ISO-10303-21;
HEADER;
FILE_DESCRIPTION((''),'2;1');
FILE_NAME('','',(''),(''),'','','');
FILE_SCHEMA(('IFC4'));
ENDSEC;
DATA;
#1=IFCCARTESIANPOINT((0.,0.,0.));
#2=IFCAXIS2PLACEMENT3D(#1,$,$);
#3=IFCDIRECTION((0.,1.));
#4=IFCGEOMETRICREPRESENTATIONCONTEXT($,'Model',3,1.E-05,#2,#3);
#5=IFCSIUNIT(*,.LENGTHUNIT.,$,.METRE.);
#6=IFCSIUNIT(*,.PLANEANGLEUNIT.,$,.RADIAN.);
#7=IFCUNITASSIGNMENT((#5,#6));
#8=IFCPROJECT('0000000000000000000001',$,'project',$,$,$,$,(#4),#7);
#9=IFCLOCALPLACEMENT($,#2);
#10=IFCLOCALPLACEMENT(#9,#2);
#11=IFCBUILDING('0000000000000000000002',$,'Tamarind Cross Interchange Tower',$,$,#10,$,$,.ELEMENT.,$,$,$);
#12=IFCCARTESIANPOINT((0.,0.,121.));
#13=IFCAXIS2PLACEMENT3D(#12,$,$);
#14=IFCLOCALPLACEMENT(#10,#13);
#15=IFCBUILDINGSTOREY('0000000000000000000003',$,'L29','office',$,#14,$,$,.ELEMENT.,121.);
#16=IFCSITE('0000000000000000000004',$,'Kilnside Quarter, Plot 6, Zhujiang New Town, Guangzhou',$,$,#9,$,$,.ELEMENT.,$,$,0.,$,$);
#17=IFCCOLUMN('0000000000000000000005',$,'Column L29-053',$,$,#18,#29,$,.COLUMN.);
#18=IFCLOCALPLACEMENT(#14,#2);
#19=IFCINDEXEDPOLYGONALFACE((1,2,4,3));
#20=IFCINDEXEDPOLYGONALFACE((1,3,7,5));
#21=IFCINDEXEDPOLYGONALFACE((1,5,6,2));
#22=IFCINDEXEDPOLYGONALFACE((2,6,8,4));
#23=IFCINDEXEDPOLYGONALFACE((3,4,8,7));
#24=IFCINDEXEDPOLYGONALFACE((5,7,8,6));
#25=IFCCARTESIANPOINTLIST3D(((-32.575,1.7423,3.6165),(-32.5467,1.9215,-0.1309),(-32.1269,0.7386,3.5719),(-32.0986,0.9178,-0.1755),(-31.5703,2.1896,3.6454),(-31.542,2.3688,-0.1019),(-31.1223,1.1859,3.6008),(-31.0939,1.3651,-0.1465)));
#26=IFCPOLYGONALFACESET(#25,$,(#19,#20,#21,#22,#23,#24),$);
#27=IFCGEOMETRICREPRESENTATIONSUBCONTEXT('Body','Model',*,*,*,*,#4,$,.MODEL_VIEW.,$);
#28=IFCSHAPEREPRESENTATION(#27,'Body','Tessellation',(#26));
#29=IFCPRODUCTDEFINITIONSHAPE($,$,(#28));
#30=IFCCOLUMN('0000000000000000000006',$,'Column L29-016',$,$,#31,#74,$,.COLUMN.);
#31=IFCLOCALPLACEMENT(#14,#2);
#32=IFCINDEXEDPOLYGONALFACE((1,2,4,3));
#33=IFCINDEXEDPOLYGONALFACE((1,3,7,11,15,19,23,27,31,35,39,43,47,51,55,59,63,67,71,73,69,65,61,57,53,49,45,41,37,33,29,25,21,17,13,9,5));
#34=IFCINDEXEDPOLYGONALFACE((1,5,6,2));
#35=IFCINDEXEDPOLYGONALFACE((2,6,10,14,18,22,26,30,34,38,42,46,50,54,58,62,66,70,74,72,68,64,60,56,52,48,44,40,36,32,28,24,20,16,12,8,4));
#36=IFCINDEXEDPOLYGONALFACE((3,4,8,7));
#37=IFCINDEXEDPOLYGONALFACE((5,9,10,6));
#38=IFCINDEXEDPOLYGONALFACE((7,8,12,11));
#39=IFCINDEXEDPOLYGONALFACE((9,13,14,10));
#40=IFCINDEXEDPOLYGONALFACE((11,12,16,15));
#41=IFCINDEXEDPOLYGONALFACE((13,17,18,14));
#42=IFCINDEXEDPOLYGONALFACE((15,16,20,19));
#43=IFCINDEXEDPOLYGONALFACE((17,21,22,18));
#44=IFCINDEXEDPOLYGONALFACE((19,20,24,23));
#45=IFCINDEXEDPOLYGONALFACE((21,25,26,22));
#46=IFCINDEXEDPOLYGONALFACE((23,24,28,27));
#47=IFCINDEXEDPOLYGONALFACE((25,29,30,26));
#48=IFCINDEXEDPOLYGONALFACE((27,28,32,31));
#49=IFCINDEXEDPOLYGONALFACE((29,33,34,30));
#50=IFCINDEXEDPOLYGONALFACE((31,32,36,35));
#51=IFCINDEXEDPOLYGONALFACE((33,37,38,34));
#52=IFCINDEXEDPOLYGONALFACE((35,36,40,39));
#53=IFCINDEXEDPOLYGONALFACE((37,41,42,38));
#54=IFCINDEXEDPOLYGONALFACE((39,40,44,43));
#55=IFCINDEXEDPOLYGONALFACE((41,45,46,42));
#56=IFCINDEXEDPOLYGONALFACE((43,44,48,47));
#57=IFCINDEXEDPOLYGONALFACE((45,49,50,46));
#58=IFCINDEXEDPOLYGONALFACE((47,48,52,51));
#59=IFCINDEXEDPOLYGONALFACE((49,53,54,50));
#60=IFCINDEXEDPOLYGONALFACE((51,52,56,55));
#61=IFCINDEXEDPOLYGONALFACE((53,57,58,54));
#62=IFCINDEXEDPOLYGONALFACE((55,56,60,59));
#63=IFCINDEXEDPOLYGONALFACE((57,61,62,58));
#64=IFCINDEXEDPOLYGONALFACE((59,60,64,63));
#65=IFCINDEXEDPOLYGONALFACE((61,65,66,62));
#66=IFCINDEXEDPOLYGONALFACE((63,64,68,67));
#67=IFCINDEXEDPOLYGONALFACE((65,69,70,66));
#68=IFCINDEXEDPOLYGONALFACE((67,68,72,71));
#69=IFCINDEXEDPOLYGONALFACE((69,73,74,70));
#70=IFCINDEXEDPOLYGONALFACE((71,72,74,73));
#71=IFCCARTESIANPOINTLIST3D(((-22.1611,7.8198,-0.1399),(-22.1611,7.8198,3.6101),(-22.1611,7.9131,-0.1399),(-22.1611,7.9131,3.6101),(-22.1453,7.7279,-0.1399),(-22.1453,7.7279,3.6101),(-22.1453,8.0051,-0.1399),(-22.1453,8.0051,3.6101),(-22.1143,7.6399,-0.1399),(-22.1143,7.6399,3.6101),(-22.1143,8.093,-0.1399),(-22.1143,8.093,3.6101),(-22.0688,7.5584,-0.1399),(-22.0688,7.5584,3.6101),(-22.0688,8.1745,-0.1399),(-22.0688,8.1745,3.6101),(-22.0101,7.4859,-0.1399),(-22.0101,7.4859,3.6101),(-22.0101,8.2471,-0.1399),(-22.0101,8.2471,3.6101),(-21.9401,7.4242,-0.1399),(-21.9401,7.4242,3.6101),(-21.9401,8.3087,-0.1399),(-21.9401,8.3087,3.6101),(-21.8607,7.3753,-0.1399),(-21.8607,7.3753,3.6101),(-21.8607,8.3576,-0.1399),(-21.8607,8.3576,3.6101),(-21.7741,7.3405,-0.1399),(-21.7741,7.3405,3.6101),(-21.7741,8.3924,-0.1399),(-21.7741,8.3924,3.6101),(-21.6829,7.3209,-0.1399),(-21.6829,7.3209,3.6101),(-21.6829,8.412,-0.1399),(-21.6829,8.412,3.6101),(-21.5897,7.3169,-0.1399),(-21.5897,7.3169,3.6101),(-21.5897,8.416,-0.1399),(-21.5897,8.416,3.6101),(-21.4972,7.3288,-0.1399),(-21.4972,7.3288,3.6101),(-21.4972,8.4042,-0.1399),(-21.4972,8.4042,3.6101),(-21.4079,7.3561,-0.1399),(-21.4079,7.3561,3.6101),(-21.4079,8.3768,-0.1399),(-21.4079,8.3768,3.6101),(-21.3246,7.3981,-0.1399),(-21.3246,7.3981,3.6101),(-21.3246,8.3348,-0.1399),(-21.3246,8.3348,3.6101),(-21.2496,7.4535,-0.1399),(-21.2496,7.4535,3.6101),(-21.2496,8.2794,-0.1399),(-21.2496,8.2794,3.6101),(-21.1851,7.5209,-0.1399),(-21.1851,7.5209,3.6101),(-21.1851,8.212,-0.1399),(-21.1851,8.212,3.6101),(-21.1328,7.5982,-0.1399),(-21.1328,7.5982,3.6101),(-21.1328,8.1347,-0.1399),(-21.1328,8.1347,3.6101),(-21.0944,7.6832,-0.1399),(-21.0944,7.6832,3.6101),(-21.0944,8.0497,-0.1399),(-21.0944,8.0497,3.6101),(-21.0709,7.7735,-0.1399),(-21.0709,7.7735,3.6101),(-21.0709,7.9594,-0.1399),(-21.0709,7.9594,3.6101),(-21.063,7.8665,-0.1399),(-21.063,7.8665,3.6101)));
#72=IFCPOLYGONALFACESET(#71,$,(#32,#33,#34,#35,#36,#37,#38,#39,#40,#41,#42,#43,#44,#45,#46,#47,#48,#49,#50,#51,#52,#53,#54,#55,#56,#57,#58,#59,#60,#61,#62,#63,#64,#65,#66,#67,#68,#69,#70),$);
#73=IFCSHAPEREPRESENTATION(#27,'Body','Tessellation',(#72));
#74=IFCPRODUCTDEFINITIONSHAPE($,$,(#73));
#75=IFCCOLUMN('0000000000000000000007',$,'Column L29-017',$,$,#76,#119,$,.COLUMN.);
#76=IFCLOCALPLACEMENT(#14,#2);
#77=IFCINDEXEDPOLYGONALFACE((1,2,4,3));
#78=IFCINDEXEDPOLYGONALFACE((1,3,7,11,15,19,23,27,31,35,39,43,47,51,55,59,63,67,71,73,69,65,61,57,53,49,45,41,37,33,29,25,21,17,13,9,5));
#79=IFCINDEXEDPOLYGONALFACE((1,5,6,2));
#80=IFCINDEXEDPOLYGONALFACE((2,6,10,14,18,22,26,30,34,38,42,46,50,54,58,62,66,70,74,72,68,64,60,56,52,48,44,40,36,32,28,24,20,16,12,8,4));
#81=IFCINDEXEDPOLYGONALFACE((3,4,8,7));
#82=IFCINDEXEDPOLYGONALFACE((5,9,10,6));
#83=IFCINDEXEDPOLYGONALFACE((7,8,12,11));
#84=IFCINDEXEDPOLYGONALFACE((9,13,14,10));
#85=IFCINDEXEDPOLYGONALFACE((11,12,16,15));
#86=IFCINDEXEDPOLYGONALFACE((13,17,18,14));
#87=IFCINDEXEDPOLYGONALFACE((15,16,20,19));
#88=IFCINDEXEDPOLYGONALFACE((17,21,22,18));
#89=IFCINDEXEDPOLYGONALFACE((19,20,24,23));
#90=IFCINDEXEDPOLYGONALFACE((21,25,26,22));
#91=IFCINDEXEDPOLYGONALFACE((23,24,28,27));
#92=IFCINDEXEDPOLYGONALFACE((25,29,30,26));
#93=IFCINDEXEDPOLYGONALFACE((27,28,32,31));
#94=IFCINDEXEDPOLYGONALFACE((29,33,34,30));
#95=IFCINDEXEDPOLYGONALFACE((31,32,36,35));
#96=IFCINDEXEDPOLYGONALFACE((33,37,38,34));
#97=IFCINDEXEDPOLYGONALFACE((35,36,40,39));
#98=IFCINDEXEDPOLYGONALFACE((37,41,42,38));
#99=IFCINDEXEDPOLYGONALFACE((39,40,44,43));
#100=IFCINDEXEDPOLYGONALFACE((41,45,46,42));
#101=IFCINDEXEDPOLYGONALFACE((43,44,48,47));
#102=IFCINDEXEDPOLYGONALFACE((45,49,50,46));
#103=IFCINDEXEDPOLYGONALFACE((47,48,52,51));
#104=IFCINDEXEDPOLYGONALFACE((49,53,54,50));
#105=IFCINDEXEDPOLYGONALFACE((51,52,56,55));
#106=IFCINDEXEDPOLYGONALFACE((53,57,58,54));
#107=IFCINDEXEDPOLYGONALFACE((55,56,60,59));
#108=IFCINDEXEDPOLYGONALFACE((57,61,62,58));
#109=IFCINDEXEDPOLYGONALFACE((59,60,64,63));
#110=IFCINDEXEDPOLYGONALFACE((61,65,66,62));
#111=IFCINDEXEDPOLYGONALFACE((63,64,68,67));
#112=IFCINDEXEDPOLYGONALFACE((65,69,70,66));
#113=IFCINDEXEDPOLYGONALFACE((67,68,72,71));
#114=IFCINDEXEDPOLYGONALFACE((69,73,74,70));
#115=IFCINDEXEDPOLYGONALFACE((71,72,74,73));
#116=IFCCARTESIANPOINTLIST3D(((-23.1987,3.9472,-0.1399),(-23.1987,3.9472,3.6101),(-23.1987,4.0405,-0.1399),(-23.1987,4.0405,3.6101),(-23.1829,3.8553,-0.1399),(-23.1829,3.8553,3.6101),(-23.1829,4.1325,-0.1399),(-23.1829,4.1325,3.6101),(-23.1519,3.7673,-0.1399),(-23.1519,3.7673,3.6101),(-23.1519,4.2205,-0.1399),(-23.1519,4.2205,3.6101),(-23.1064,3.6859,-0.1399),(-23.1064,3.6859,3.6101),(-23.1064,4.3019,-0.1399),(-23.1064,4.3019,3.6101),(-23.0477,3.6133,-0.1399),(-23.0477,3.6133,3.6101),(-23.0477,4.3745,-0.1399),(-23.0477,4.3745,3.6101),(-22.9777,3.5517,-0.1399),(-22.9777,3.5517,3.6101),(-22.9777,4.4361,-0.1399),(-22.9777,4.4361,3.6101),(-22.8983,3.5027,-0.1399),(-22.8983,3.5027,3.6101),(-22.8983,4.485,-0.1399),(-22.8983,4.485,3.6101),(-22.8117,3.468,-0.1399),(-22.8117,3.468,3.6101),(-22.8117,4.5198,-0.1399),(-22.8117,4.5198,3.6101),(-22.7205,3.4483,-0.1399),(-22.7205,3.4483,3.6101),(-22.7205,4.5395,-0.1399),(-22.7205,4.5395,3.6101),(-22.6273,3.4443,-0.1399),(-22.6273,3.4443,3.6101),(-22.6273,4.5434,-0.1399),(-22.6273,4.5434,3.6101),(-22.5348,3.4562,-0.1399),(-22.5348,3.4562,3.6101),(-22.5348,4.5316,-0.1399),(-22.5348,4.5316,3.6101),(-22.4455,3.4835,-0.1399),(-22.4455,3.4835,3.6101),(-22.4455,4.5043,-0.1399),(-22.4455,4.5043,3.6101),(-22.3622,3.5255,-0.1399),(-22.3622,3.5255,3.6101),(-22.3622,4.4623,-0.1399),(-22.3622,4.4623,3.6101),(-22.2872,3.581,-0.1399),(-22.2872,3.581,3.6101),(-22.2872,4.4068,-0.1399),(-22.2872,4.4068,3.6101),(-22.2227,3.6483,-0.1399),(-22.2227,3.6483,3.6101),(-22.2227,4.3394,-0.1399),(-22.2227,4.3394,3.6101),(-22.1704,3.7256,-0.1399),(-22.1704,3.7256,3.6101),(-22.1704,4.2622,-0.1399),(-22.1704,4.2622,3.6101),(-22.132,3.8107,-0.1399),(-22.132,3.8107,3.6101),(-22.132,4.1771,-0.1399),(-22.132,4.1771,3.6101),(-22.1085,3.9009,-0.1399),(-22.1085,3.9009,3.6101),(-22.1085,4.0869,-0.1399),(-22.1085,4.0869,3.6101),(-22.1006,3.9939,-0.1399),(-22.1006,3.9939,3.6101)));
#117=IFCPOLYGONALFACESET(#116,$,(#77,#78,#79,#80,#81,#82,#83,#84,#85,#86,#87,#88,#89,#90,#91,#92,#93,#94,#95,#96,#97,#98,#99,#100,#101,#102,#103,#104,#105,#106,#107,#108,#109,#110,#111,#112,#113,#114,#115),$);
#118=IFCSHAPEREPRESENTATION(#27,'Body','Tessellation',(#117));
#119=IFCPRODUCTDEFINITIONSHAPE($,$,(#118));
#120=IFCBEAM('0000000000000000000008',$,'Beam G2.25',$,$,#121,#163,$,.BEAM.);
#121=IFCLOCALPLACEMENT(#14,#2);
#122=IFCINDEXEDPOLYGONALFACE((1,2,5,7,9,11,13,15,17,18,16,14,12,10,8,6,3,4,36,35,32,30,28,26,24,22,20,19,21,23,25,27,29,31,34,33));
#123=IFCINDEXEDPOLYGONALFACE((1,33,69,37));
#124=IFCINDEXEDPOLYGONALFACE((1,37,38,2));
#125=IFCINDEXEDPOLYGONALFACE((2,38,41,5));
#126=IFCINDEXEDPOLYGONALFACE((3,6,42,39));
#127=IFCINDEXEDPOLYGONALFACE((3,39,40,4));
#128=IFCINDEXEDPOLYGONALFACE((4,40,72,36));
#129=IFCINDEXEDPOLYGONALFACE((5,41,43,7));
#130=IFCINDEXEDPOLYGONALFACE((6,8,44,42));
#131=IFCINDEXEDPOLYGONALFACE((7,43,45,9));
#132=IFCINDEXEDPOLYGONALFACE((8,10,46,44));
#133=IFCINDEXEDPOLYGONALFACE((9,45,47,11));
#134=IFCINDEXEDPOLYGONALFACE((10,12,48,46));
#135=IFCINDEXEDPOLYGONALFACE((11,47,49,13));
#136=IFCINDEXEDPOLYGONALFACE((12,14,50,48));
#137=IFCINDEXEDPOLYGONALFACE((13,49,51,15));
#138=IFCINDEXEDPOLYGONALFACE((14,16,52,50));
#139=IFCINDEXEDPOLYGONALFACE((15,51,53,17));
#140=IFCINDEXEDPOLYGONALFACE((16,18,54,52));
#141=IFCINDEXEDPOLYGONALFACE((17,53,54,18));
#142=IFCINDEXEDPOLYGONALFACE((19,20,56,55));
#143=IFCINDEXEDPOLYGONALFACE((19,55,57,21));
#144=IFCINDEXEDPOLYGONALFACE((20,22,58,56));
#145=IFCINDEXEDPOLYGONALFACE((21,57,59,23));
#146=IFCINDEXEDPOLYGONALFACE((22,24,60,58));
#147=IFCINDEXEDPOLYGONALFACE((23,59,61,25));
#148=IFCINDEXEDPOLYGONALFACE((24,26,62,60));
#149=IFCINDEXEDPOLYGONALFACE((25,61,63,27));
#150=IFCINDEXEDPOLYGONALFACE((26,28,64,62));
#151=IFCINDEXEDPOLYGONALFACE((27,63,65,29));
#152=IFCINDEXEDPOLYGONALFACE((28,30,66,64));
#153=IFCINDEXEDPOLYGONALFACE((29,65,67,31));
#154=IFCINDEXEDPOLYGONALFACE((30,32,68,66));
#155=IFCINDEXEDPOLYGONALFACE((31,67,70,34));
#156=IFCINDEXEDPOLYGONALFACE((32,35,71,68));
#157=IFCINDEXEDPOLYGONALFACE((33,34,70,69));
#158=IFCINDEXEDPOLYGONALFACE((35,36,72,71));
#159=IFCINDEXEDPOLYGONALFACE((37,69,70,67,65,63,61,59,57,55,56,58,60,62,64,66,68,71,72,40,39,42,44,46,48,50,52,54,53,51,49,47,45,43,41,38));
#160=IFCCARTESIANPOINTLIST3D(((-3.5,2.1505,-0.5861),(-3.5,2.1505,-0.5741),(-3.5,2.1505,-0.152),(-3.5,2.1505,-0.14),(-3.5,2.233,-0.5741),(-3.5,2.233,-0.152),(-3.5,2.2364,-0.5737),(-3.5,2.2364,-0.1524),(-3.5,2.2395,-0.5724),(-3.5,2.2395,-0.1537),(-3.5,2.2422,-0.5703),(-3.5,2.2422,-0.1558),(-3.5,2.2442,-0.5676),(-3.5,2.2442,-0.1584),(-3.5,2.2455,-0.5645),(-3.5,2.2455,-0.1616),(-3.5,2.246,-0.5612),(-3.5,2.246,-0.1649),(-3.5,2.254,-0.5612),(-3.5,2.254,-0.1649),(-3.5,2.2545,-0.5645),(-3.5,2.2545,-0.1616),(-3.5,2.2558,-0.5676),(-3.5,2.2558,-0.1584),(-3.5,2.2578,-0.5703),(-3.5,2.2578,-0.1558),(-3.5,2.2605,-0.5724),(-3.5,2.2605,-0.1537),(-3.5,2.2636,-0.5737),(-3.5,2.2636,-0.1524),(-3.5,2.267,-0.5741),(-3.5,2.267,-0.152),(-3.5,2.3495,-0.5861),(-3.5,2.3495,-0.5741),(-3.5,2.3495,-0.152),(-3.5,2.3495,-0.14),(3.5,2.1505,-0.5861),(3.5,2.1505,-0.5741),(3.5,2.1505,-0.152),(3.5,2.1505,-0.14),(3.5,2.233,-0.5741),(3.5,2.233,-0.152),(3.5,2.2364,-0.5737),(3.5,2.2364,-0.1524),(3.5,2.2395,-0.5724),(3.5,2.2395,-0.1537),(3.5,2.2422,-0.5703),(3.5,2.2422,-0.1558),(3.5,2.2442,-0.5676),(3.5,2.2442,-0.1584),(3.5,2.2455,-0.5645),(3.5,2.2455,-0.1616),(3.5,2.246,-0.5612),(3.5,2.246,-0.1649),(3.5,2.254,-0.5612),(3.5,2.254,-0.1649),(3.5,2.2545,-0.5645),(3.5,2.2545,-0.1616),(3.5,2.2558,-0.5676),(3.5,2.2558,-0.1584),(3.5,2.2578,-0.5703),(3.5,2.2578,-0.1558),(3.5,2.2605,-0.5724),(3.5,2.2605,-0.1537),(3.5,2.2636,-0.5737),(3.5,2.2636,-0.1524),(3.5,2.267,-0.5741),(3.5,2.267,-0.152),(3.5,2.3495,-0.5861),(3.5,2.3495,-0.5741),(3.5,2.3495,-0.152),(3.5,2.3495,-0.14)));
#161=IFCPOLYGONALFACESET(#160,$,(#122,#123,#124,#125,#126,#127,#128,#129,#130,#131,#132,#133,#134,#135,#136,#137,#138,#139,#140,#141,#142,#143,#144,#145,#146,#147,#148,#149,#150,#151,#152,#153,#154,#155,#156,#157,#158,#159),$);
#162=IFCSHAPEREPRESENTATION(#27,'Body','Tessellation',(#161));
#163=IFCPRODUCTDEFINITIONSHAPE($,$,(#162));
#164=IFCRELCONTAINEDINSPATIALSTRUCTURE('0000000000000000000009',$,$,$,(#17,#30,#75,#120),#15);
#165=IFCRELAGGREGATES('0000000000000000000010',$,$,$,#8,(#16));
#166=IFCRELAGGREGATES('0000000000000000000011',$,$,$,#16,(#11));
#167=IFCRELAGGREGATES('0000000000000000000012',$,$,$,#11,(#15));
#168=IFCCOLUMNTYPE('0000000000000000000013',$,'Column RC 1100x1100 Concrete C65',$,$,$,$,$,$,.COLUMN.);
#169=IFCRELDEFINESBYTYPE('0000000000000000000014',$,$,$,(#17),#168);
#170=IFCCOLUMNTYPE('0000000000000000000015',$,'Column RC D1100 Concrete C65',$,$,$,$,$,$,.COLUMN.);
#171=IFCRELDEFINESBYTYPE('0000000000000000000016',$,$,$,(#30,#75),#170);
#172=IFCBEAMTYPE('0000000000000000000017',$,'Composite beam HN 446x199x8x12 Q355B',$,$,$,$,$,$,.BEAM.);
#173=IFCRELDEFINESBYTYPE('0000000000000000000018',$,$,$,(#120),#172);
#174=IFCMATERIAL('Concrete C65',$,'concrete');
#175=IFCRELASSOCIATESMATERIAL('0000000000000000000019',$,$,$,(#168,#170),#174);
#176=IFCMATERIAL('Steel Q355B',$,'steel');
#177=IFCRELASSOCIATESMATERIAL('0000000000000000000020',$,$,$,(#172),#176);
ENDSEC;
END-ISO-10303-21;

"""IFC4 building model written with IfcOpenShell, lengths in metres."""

from ifc_helpers import new_model, si_unit, direction, frame, origin, origin_2d, place, context, subcontext, project, spatial, rectangle, circle, i_section, extrude, material, material_profile, profile_set, type_object, element, save


model = new_model("IFC4")

# Units and contexts
model_context = context("Model", 3, precision=1e-05, world=origin(), true_north=direction((0.0, 1.0)))
body_context = subcontext(model_context, "Body", "Model", "MODEL_VIEW")
ifc_project = project(units=[si_unit("LENGTHUNIT", "METRE"), si_unit("PLANEANGLEUNIT", "RADIAN")], contexts=[model_context])

# Site, building, storey
site_placement = place(None, origin())
site = spatial("IfcSite", under=ifc_project, at=site_placement, Name="Kilnside Quarter, Plot 6, Zhujiang New Town, Guangzhou", CompositionType="ELEMENT", RefElevation=0.0)
building_placement = place(site_placement, origin())
building = spatial("IfcBuilding", under=site, at=building_placement, Name="Tamarind Cross Interchange Tower", CompositionType="ELEMENT")
storey_placement = place(building_placement, frame((0.0, 0.0, 121.0)))
storey = spatial("IfcBuildingStorey", under=building, at=storey_placement, Name="L29", Description="office", CompositionType="ELEMENT", Elevation=121.0)

# Columns
ifc_material_1 = material(Name="Concrete C65", Category="concrete")
ifc_material_profile_1 = material_profile(ifc_material_1, rectangle(XDim=1.1001, YDim=1.1001, at=origin_2d()), Name="RC 1100x1100")
ifc_profile_set_1 = profile_set([ifc_material_profile_1], Name="Concrete C65")
column_type_1 = type_object("IfcColumnType", Name="Column RC 1100x1100 Concrete C65", PredefinedType="COLUMN", material=ifc_profile_set_1)
column_placement = place(storey_placement, frame((-31.8203, 1.6433, -0.1387), z_axis=(-0.007549, -0.047765, 0.99883), x_axis=(0.913251, 0.406544, 0.026343)))
element("IfcColumn", 1, at=column_placement, inside=storey, type_object=column_type_1, Name="Column L29-053", PredefinedType="COLUMN", context=body_context, shape_type="SweptSolid", body=[
    extrude(rectangle(XDim=1.1001, YDim=1.1001, at=origin_2d()), origin(), (0.0, 0.0, 1.0), 3.7517),
])
ifc_material_profile_2 = material_profile(ifc_material_1, circle(Radius=0.55, at=origin_2d()), Name="RC D1100")
ifc_profile_set_2 = profile_set([ifc_material_profile_2], Name="Concrete C65")
column_type_2 = type_object("IfcColumnType", Name="Column RC D1100 Concrete C65", PredefinedType="COLUMN", material=ifc_profile_set_2)
for number, where, z_axis, x_axis, name in (
    (2, (-21.613, 7.8665, -0.1399), (0.0, 0.0, 1.0), (1.0, 0.0, 0.0), "Column L29-016"),
    (3, (-22.6506, 3.9939, -0.1399), (0.0, 0.0, 1.0), (1.0, 0.0, 0.0), "Column L29-017"),
):
    element("IfcColumn", number, at=place(storey_placement, frame(where, z_axis=z_axis, x_axis=x_axis)), inside=storey, type_object=column_type_2, Name=name, PredefinedType="COLUMN", context=body_context, shape_type="SweptSolid", body=[
        extrude(circle(Radius=0.55, at=origin_2d()), origin(), (0.0, 0.0, 1.0), 3.75),
    ])

# Beam
ifc_material_2 = material(Name="Steel Q355B", Category="steel")
ifc_material_profile_3 = material_profile(ifc_material_2, i_section(OverallWidth=0.199, OverallDepth=0.446, WebThickness=0.0081, FlangeThickness=0.012, FilletRadius=0.0129, at=origin_2d()), Name="HN 446x199x8x12")
ifc_profile_set_3 = profile_set([ifc_material_profile_3], Name="Steel Q355B")
beam_type_1 = type_object("IfcBeamType", Name="Composite beam HN 446x199x8x12 Q355B", PredefinedType="BEAM", material=ifc_profile_set_3)
for number, where, z_axis, x_axis, name in (
    (4, (-3.5, 2.25, -0.363), (1.0, 0.0, 0.0), (0.0, 1.0, 0.0), "Beam G2.25"),
):
    element("IfcBeam", number, at=place(storey_placement, frame(where, z_axis=z_axis, x_axis=x_axis)), inside=storey, type_object=beam_type_1, Name=name, PredefinedType="BEAM", context=body_context, shape_type="SweptSolid", body=[
        extrude(i_section(OverallWidth=0.199, OverallDepth=0.446, WebThickness=0.0081, FlangeThickness=0.012, FilletRadius=0.0129, at=origin_2d()), origin(), (0.0, 0.0, 1.0), 7.0),
    ])

save(model, "model.ifc")
